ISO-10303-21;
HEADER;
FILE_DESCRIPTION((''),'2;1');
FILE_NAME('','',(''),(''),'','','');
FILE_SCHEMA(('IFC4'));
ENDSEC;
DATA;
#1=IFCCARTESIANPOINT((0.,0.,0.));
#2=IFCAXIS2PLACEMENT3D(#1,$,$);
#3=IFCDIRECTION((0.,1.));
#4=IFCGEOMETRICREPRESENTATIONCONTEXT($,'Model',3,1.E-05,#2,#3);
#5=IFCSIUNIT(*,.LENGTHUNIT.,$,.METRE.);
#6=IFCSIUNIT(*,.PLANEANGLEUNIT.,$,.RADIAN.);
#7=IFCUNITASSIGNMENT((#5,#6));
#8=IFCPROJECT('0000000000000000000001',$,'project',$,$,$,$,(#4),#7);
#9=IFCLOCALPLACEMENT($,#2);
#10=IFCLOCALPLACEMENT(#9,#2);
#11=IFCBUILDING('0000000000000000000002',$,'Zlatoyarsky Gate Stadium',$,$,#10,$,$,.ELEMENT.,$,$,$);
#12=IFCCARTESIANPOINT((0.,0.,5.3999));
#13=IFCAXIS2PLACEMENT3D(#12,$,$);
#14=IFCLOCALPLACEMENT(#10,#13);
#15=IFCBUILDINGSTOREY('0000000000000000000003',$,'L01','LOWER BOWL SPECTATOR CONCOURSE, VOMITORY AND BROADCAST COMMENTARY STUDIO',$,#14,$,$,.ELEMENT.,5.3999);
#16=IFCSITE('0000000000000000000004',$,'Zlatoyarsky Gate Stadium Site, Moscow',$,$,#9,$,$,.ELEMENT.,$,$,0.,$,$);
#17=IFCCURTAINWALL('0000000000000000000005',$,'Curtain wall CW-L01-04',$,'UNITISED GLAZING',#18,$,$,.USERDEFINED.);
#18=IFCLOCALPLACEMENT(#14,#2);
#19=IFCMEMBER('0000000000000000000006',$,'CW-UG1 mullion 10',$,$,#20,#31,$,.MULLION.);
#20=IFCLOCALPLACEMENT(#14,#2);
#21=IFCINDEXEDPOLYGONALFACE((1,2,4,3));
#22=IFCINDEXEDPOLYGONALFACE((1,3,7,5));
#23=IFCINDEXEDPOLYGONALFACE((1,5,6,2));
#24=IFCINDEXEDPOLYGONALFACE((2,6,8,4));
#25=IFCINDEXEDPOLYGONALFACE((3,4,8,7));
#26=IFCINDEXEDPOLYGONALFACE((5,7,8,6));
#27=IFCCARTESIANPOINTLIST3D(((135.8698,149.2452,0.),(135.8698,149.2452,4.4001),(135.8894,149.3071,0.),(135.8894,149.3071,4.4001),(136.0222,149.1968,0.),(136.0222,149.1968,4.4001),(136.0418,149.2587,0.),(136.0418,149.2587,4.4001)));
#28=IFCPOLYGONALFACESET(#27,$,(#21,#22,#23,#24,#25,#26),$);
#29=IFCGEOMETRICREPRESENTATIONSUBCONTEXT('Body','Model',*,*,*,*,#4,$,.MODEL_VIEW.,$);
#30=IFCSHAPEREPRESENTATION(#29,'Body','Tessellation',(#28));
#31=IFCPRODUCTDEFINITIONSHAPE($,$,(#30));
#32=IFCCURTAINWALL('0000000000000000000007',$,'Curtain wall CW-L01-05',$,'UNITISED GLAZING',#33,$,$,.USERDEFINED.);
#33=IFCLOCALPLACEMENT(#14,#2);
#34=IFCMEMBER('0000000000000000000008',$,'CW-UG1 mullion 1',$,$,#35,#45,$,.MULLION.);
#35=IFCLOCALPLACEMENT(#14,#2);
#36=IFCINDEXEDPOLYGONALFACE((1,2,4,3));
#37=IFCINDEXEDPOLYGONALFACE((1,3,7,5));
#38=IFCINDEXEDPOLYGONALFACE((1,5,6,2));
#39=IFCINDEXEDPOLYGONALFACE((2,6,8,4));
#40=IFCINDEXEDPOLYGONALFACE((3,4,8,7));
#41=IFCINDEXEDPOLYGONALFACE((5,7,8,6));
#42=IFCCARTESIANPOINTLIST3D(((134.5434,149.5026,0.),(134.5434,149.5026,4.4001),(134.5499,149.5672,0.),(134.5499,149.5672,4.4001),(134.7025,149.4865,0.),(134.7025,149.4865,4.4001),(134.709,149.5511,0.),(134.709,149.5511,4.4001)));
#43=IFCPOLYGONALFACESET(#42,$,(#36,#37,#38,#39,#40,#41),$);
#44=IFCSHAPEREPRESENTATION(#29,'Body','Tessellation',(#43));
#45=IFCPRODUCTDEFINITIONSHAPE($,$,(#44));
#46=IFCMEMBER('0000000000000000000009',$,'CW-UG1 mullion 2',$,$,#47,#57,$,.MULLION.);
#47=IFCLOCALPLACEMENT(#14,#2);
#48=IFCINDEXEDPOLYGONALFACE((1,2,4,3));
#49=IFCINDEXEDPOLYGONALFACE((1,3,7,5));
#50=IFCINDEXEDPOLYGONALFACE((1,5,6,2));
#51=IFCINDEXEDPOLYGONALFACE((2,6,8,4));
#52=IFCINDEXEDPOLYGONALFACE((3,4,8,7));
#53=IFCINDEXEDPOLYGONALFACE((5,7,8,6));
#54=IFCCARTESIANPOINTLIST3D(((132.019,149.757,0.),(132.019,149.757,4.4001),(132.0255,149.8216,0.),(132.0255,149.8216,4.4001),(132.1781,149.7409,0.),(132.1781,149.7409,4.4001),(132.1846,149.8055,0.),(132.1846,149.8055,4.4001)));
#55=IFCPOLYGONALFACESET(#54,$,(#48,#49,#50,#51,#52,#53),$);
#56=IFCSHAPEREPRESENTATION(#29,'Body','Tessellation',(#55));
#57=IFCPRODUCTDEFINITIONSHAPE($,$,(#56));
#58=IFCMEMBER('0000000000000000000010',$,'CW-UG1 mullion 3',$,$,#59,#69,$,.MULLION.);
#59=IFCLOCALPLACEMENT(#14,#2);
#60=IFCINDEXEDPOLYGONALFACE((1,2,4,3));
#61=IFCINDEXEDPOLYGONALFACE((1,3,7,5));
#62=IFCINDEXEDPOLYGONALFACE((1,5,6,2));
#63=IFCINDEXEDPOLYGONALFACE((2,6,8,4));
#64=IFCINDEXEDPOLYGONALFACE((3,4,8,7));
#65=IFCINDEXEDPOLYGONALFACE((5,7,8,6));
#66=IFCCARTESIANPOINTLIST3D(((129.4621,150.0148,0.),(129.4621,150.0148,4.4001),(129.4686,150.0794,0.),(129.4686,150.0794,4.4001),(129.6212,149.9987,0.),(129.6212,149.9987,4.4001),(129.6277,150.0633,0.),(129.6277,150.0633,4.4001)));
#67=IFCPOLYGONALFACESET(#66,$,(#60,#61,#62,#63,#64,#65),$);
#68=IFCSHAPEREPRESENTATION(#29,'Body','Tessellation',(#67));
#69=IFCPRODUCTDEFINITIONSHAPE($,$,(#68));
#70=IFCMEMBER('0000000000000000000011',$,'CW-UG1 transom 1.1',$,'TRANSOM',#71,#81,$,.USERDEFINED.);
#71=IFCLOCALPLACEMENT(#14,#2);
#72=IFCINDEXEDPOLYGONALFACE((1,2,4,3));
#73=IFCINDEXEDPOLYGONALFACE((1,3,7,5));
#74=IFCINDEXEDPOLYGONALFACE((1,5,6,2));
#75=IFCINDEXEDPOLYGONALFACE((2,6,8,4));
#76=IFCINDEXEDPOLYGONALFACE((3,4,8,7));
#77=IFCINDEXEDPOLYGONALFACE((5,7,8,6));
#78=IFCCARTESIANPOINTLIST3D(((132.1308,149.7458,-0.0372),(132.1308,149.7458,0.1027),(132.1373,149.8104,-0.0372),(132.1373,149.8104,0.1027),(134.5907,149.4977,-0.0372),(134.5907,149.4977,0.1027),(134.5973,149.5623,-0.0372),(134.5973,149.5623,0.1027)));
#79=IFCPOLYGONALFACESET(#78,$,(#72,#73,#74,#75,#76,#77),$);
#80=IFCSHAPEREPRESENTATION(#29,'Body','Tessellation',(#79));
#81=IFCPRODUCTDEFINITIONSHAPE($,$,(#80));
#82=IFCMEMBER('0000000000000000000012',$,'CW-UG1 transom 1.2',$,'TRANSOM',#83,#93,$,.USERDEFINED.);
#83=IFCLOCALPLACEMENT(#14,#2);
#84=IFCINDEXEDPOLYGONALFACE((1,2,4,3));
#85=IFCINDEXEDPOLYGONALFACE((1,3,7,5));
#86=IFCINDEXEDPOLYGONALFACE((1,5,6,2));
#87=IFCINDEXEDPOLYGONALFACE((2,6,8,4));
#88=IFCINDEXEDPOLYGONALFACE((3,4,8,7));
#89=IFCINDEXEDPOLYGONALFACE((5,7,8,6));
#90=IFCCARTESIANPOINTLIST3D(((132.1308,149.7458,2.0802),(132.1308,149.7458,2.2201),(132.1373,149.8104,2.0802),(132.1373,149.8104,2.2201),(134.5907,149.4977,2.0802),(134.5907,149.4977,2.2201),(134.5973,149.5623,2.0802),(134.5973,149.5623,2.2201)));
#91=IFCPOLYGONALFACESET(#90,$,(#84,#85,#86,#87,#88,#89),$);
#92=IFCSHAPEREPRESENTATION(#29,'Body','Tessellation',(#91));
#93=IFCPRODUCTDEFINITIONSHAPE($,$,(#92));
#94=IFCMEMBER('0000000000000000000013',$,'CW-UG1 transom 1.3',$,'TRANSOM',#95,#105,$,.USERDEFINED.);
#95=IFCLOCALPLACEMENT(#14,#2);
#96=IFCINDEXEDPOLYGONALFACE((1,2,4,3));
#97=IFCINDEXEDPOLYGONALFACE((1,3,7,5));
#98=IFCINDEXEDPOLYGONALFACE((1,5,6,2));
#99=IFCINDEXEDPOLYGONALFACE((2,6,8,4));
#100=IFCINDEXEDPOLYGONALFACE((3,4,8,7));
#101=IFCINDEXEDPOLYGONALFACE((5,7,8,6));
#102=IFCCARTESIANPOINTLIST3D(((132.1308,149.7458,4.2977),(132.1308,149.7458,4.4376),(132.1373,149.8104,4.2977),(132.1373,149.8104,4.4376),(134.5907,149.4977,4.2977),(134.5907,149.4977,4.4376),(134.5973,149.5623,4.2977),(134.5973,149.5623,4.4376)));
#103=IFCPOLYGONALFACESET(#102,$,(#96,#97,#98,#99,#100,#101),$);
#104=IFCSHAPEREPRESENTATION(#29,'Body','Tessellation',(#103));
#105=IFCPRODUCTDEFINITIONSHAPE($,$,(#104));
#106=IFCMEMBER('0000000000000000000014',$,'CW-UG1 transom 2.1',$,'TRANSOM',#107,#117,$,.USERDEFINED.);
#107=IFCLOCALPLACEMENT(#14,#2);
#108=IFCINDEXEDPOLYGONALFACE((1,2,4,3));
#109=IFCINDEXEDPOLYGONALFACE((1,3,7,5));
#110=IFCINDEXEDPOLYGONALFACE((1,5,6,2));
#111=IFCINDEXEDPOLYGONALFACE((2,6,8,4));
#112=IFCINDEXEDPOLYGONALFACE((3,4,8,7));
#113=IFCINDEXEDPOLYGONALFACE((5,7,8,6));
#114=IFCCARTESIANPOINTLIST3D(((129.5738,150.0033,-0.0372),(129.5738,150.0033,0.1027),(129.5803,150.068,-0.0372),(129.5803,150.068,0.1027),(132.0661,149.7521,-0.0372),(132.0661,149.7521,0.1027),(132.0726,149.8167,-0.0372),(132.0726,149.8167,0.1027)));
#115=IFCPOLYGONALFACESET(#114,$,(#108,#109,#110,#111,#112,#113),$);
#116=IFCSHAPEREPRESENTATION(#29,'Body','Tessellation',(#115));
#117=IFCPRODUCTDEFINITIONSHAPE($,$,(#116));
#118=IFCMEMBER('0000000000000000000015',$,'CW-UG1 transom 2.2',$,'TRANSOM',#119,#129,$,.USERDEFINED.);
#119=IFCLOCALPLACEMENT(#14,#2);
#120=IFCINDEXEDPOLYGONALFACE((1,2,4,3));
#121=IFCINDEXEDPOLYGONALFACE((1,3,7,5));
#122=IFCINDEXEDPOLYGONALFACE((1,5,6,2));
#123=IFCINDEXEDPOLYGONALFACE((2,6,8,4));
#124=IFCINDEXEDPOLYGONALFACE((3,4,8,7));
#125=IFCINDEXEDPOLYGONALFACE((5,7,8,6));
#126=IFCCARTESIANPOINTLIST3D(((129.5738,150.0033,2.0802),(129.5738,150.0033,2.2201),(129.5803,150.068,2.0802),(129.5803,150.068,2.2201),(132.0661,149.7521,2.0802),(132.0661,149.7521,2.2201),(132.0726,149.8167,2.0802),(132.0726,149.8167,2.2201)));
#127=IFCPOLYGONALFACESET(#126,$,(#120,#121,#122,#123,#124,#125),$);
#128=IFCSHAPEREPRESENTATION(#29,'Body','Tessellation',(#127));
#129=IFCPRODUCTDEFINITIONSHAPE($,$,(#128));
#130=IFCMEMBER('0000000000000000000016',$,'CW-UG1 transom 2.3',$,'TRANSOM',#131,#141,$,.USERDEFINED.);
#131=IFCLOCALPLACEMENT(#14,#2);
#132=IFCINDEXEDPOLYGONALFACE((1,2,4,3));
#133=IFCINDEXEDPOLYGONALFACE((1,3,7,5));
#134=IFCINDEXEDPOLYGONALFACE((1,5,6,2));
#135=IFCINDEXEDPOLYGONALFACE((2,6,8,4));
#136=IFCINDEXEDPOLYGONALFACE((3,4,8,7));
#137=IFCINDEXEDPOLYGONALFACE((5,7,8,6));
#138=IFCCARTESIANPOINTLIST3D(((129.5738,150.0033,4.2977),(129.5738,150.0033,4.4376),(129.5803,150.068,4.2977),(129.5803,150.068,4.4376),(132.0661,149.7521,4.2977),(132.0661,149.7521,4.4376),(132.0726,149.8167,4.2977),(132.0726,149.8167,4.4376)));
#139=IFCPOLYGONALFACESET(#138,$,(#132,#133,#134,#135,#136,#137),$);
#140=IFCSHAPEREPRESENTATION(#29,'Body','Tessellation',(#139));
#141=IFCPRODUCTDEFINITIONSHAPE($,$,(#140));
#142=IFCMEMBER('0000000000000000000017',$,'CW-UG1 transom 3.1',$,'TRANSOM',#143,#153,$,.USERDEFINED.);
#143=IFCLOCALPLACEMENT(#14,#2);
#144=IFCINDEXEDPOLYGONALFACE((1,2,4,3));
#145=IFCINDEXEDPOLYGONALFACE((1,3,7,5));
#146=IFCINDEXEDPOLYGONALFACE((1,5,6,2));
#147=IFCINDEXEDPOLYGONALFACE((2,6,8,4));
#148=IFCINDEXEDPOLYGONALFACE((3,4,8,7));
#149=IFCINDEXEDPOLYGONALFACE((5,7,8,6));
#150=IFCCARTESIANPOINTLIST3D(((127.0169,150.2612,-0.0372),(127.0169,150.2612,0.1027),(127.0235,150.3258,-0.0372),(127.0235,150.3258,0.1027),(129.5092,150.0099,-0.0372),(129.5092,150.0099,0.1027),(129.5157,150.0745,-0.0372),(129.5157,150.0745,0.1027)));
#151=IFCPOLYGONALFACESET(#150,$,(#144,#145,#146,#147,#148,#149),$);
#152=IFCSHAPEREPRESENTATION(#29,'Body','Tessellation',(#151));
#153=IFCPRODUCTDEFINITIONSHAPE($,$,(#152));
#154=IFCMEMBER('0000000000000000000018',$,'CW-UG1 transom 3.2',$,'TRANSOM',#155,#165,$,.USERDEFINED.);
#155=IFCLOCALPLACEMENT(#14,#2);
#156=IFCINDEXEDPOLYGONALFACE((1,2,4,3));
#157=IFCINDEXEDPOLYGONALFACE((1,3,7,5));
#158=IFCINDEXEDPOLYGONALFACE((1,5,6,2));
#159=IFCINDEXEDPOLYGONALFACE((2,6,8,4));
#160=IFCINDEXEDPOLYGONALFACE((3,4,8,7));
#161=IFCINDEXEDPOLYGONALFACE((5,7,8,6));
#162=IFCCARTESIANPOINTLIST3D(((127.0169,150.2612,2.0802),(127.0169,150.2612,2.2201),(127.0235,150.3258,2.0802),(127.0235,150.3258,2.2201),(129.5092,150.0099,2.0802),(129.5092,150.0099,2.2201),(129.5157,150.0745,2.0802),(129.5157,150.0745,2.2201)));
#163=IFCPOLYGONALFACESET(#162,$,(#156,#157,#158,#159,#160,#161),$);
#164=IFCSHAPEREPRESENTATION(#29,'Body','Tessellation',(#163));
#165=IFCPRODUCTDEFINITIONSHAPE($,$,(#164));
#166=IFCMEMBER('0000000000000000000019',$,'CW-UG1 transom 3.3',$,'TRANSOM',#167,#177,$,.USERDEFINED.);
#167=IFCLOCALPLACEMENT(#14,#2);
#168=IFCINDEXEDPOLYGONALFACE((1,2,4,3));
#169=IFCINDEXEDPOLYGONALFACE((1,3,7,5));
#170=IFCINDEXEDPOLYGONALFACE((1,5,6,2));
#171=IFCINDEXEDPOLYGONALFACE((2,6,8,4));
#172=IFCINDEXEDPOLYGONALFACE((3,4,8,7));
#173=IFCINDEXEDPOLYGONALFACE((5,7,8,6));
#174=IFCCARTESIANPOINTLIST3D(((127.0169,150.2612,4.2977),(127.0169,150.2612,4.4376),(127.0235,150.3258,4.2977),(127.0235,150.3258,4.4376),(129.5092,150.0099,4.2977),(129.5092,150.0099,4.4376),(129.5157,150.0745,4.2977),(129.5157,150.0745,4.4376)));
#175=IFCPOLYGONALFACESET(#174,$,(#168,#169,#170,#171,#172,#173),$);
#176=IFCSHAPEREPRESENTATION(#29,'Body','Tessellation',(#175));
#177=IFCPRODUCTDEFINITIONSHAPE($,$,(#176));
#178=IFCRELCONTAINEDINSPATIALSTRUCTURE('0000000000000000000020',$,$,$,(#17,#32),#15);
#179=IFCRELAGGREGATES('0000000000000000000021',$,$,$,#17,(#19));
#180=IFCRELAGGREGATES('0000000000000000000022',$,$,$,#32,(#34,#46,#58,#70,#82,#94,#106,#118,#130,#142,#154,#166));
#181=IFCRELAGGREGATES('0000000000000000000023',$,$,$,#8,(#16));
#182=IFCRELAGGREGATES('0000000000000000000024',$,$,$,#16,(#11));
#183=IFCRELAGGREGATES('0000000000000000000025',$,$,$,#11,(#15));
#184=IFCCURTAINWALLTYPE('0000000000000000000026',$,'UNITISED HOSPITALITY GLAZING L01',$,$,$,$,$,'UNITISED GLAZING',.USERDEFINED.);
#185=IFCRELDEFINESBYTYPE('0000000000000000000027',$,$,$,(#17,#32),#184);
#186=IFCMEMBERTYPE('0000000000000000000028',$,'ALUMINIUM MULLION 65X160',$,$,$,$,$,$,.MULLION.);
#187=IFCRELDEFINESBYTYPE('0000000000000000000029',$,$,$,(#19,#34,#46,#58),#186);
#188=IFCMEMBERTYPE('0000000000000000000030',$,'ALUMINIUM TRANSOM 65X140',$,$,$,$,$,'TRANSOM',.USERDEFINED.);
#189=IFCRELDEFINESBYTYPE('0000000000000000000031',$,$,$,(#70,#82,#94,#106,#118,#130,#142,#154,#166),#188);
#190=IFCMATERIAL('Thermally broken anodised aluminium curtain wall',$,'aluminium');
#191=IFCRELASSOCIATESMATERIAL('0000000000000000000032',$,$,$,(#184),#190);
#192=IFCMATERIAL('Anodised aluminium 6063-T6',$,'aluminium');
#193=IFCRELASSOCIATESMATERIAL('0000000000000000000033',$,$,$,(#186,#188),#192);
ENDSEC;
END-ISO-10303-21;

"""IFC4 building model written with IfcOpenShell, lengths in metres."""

from ifc_helpers import new_model, si_unit, direction, frame, origin, origin_2d, place, context, subcontext, project, spatial, rectangle, extrude, material, material_profile, profile_set, type_object, element, aggregate, save


model = new_model("IFC4")

# Units and contexts
model_context = context("Model", 3, precision=1e-05, world=origin(), true_north=direction((0.0, 1.0)))
body_context = subcontext(model_context, "Body", "Model", "MODEL_VIEW")
ifc_project = project(units=[si_unit("LENGTHUNIT", "METRE"), si_unit("PLANEANGLEUNIT", "RADIAN")], contexts=[model_context])

# Site, building, storey
site_placement = place(None, origin())
site = spatial("IfcSite", under=ifc_project, at=site_placement, Name="Zlatoyarsky Gate Stadium Site, Moscow", CompositionType="ELEMENT", RefElevation=0.0)
building_placement = place(site_placement, origin())
building = spatial("IfcBuilding", under=site, at=building_placement, Name="Zlatoyarsky Gate Stadium", CompositionType="ELEMENT")
storey_placement = place(building_placement, frame((0.0, 0.0, 5.3999)))
storey = spatial("IfcBuildingStorey", under=building, at=storey_placement, Name="L01", Description="LOWER BOWL SPECTATOR CONCOURSE, VOMITORY AND BROADCAST COMMENTARY STUDIO", CompositionType="ELEMENT", Elevation=5.3999)

# Curtain wall, member
ifc_material_1 = material(Name="Thermally broken anodised aluminium curtain wall", Category="aluminium")
curtain_wall_type = type_object("IfcCurtainWallType", Name="UNITISED HOSPITALITY GLAZING L01", ElementType="UNITISED GLAZING", PredefinedType="USERDEFINED", material=ifc_material_1)
curtain_wall_1_placement = place(storey_placement, origin())
curtain_wall_1 = element("IfcCurtainWall", 1, at=curtain_wall_1_placement, inside=storey, type_object=curtain_wall_type, Name="Curtain wall CW-L01-04", ObjectType="UNITISED GLAZING", PredefinedType="USERDEFINED")
ifc_material_2 = material(Name="Anodised aluminium 6063-T6", Category="aluminium")
ifc_material_profile_1 = material_profile(ifc_material_2, rectangle(XDim=0.0649, YDim=0.1599, at=origin_2d()), Name="ALU 65X160")
ifc_profile_set_1 = profile_set([ifc_material_profile_1], Name="Anodised aluminium 6063-T6")
member_type_1 = type_object("IfcMemberType", Name="ALUMINIUM MULLION 65X160", PredefinedType="MULLION", material=ifc_profile_set_1)
member_1_placement = place(storey_placement, frame((135.9558, 149.252, 0.0), z_axis=(0.0, 0.0, 1.0), x_axis=(-0.302334, -0.953202, 0.0)))
member_1 = element("IfcMember", 2, at=member_1_placement, type_object=member_type_1, Name="CW-UG1 mullion 10", PredefinedType="MULLION", context=body_context, shape_type="SweptSolid", body=[
    extrude(rectangle(XDim=0.0649, YDim=0.1599, at=origin_2d()), origin(), (0.0, 0.0, 1.0), 4.4001),
])

# Curtain wall, members
curtain_wall_2_placement = place(storey_placement, origin())
curtain_wall_2 = element("IfcCurtainWall", 3, at=curtain_wall_2_placement, inside=storey, type_object=curtain_wall_type, Name="Curtain wall CW-L01-05", ObjectType="UNITISED GLAZING", PredefinedType="USERDEFINED")
member_2_placement = place(storey_placement, frame((134.6262, 149.5269, 0.0), z_axis=(0.0, 0.0, 1.0), x_axis=(-0.1003, -0.994957, 0.0)))
member_2 = element("IfcMember", 4, at=member_2_placement, type_object=member_type_1, Name="CW-UG1 mullion 1", PredefinedType="MULLION", context=body_context, shape_type="SweptSolid", body=[
    extrude(rectangle(XDim=0.0649, YDim=0.1599, at=origin_2d()), origin(), (0.0, 0.0, 1.0), 4.4001),
])
member_3_placement = place(storey_placement, frame((132.1018, 149.7812, 0.0), z_axis=(0.0, 0.0, 1.0), x_axis=(-0.1003, -0.994957, 0.0)))
member_3 = element("IfcMember", 5, at=member_3_placement, type_object=member_type_1, Name="CW-UG1 mullion 2", PredefinedType="MULLION", context=body_context, shape_type="SweptSolid", body=[
    extrude(rectangle(XDim=0.0649, YDim=0.1599, at=origin_2d()), origin(), (0.0, 0.0, 1.0), 4.4001),
])
member_4_placement = place(storey_placement, frame((129.5449, 150.0391, 0.0), z_axis=(0.0, 0.0, 1.0), x_axis=(-0.1003, -0.994957, 0.0)))
member_4 = element("IfcMember", 6, at=member_4_placement, type_object=member_type_1, Name="CW-UG1 mullion 3", PredefinedType="MULLION", context=body_context, shape_type="SweptSolid", body=[
    extrude(rectangle(XDim=0.0649, YDim=0.1599, at=origin_2d()), origin(), (0.0, 0.0, 1.0), 4.4001),
])
ifc_material_profile_2 = material_profile(ifc_material_2, rectangle(XDim=0.0649, YDim=0.1399, at=origin_2d()), Name="ALU 65X140")
ifc_profile_set_2 = profile_set([ifc_material_profile_2], Name="Anodised aluminium 6063-T6")
member_type_2 = type_object("IfcMemberType", Name="ALUMINIUM TRANSOM 65X140", ElementType="TRANSOM", PredefinedType="USERDEFINED", material=ifc_profile_set_2)
member_5_placement = place(storey_placement, frame((134.594, 149.53, 0.0327), z_axis=(-0.994955, 0.100325, 0.0), x_axis=(-0.100325, -0.994955, 0.0)))
member_5 = element("IfcMember", 7, at=member_5_placement, type_object=member_type_2, Name="CW-UG1 transom 1.1", ObjectType="TRANSOM", PredefinedType="USERDEFINED", context=body_context, shape_type="SweptSolid", body=[
    extrude(rectangle(XDim=0.0649, YDim=0.1399, at=origin_2d()), origin(), (0.0, 0.0, 1.0), 2.4724),
])
member_6_placement = place(storey_placement, frame((134.594, 149.53, 2.1501), z_axis=(-0.994955, 0.100325, 0.0), x_axis=(-0.100325, -0.994955, 0.0)))
member_6 = element("IfcMember", 8, at=member_6_placement, type_object=member_type_2, Name="CW-UG1 transom 1.2", ObjectType="TRANSOM", PredefinedType="USERDEFINED", context=body_context, shape_type="SweptSolid", body=[
    extrude(rectangle(XDim=0.0649, YDim=0.1399, at=origin_2d()), origin(), (0.0, 0.0, 1.0), 2.4724),
])
member_7_placement = place(storey_placement, frame((134.594, 149.53, 4.3677), z_axis=(-0.994955, 0.100325, 0.0), x_axis=(-0.100325, -0.994955, 0.0)))
member_7 = element("IfcMember", 9, at=member_7_placement, type_object=member_type_2, Name="CW-UG1 transom 1.3", ObjectType="TRANSOM", PredefinedType="USERDEFINED", context=body_context, shape_type="SweptSolid", body=[
    extrude(rectangle(XDim=0.0649, YDim=0.1399, at=origin_2d()), origin(), (0.0, 0.0, 1.0), 2.4724),
])
member_8_placement = place(storey_placement, frame((132.0693, 149.7844, 0.0327), z_axis=(-0.994958, 0.100295, 0.0), x_axis=(-0.100295, -0.994958, 0.0)))
member_8 = element("IfcMember", 10, at=member_8_placement, type_object=member_type_2, Name="CW-UG1 transom 2.1", ObjectType="TRANSOM", PredefinedType="USERDEFINED", context=body_context, shape_type="SweptSolid", body=[
    extrude(rectangle(XDim=0.0649, YDim=0.1399, at=origin_2d()), origin(), (0.0, 0.0, 1.0), 2.5049),
])
member_9_placement = place(storey_placement, frame((132.0693, 149.7844, 2.1501), z_axis=(-0.994958, 0.100295, 0.0), x_axis=(-0.100295, -0.994958, 0.0)))
member_9 = element("IfcMember", 11, at=member_9_placement, type_object=member_type_2, Name="CW-UG1 transom 2.2", ObjectType="TRANSOM", PredefinedType="USERDEFINED", context=body_context, shape_type="SweptSolid", body=[
    extrude(rectangle(XDim=0.0649, YDim=0.1399, at=origin_2d()), origin(), (0.0, 0.0, 1.0), 2.5049),
])
member_10_placement = place(storey_placement, frame((132.0693, 149.7844, 4.3677), z_axis=(-0.994958, 0.100295, 0.0), x_axis=(-0.100295, -0.994958, 0.0)))
member_10 = element("IfcMember", 12, at=member_10_placement, type_object=member_type_2, Name="CW-UG1 transom 2.3", ObjectType="TRANSOM", PredefinedType="USERDEFINED", context=body_context, shape_type="SweptSolid", body=[
    extrude(rectangle(XDim=0.0649, YDim=0.1399, at=origin_2d()), origin(), (0.0, 0.0, 1.0), 2.5049),
])
member_11_placement = place(storey_placement, frame((129.5125, 150.0422, 0.0327), z_axis=(-0.994958, 0.100295, 0.0), x_axis=(-0.100295, -0.994958, 0.0)))
member_11 = element("IfcMember", 13, at=member_11_placement, type_object=member_type_2, Name="CW-UG1 transom 3.1", ObjectType="TRANSOM", PredefinedType="USERDEFINED", context=body_context, shape_type="SweptSolid", body=[
    extrude(rectangle(XDim=0.0649, YDim=0.1399, at=origin_2d()), origin(), (0.0, 0.0, 1.0), 2.5049),
])
member_12_placement = place(storey_placement, frame((129.5125, 150.0422, 2.1501), z_axis=(-0.994958, 0.100295, 0.0), x_axis=(-0.100295, -0.994958, 0.0)))
member_12 = element("IfcMember", 14, at=member_12_placement, type_object=member_type_2, Name="CW-UG1 transom 3.2", ObjectType="TRANSOM", PredefinedType="USERDEFINED", context=body_context, shape_type="SweptSolid", body=[
    extrude(rectangle(XDim=0.0649, YDim=0.1399, at=origin_2d()), origin(), (0.0, 0.0, 1.0), 2.5049),
])
member_13_placement = place(storey_placement, frame((129.5125, 150.0422, 4.3677), z_axis=(-0.994958, 0.100295, 0.0), x_axis=(-0.100295, -0.994958, 0.0)))
member_13 = element("IfcMember", 15, at=member_13_placement, type_object=member_type_2, Name="CW-UG1 transom 3.3", ObjectType="TRANSOM", PredefinedType="USERDEFINED", context=body_context, shape_type="SweptSolid", body=[
    extrude(rectangle(XDim=0.0649, YDim=0.1399, at=origin_2d()), origin(), (0.0, 0.0, 1.0), 2.5049),
])

aggregate(curtain_wall_1, [member_1])
aggregate(curtain_wall_2, [member_2, member_3, member_4, member_5, member_6, member_7, member_8, member_9, member_10, member_11, member_12, member_13])

save(model, "model.ifc")
